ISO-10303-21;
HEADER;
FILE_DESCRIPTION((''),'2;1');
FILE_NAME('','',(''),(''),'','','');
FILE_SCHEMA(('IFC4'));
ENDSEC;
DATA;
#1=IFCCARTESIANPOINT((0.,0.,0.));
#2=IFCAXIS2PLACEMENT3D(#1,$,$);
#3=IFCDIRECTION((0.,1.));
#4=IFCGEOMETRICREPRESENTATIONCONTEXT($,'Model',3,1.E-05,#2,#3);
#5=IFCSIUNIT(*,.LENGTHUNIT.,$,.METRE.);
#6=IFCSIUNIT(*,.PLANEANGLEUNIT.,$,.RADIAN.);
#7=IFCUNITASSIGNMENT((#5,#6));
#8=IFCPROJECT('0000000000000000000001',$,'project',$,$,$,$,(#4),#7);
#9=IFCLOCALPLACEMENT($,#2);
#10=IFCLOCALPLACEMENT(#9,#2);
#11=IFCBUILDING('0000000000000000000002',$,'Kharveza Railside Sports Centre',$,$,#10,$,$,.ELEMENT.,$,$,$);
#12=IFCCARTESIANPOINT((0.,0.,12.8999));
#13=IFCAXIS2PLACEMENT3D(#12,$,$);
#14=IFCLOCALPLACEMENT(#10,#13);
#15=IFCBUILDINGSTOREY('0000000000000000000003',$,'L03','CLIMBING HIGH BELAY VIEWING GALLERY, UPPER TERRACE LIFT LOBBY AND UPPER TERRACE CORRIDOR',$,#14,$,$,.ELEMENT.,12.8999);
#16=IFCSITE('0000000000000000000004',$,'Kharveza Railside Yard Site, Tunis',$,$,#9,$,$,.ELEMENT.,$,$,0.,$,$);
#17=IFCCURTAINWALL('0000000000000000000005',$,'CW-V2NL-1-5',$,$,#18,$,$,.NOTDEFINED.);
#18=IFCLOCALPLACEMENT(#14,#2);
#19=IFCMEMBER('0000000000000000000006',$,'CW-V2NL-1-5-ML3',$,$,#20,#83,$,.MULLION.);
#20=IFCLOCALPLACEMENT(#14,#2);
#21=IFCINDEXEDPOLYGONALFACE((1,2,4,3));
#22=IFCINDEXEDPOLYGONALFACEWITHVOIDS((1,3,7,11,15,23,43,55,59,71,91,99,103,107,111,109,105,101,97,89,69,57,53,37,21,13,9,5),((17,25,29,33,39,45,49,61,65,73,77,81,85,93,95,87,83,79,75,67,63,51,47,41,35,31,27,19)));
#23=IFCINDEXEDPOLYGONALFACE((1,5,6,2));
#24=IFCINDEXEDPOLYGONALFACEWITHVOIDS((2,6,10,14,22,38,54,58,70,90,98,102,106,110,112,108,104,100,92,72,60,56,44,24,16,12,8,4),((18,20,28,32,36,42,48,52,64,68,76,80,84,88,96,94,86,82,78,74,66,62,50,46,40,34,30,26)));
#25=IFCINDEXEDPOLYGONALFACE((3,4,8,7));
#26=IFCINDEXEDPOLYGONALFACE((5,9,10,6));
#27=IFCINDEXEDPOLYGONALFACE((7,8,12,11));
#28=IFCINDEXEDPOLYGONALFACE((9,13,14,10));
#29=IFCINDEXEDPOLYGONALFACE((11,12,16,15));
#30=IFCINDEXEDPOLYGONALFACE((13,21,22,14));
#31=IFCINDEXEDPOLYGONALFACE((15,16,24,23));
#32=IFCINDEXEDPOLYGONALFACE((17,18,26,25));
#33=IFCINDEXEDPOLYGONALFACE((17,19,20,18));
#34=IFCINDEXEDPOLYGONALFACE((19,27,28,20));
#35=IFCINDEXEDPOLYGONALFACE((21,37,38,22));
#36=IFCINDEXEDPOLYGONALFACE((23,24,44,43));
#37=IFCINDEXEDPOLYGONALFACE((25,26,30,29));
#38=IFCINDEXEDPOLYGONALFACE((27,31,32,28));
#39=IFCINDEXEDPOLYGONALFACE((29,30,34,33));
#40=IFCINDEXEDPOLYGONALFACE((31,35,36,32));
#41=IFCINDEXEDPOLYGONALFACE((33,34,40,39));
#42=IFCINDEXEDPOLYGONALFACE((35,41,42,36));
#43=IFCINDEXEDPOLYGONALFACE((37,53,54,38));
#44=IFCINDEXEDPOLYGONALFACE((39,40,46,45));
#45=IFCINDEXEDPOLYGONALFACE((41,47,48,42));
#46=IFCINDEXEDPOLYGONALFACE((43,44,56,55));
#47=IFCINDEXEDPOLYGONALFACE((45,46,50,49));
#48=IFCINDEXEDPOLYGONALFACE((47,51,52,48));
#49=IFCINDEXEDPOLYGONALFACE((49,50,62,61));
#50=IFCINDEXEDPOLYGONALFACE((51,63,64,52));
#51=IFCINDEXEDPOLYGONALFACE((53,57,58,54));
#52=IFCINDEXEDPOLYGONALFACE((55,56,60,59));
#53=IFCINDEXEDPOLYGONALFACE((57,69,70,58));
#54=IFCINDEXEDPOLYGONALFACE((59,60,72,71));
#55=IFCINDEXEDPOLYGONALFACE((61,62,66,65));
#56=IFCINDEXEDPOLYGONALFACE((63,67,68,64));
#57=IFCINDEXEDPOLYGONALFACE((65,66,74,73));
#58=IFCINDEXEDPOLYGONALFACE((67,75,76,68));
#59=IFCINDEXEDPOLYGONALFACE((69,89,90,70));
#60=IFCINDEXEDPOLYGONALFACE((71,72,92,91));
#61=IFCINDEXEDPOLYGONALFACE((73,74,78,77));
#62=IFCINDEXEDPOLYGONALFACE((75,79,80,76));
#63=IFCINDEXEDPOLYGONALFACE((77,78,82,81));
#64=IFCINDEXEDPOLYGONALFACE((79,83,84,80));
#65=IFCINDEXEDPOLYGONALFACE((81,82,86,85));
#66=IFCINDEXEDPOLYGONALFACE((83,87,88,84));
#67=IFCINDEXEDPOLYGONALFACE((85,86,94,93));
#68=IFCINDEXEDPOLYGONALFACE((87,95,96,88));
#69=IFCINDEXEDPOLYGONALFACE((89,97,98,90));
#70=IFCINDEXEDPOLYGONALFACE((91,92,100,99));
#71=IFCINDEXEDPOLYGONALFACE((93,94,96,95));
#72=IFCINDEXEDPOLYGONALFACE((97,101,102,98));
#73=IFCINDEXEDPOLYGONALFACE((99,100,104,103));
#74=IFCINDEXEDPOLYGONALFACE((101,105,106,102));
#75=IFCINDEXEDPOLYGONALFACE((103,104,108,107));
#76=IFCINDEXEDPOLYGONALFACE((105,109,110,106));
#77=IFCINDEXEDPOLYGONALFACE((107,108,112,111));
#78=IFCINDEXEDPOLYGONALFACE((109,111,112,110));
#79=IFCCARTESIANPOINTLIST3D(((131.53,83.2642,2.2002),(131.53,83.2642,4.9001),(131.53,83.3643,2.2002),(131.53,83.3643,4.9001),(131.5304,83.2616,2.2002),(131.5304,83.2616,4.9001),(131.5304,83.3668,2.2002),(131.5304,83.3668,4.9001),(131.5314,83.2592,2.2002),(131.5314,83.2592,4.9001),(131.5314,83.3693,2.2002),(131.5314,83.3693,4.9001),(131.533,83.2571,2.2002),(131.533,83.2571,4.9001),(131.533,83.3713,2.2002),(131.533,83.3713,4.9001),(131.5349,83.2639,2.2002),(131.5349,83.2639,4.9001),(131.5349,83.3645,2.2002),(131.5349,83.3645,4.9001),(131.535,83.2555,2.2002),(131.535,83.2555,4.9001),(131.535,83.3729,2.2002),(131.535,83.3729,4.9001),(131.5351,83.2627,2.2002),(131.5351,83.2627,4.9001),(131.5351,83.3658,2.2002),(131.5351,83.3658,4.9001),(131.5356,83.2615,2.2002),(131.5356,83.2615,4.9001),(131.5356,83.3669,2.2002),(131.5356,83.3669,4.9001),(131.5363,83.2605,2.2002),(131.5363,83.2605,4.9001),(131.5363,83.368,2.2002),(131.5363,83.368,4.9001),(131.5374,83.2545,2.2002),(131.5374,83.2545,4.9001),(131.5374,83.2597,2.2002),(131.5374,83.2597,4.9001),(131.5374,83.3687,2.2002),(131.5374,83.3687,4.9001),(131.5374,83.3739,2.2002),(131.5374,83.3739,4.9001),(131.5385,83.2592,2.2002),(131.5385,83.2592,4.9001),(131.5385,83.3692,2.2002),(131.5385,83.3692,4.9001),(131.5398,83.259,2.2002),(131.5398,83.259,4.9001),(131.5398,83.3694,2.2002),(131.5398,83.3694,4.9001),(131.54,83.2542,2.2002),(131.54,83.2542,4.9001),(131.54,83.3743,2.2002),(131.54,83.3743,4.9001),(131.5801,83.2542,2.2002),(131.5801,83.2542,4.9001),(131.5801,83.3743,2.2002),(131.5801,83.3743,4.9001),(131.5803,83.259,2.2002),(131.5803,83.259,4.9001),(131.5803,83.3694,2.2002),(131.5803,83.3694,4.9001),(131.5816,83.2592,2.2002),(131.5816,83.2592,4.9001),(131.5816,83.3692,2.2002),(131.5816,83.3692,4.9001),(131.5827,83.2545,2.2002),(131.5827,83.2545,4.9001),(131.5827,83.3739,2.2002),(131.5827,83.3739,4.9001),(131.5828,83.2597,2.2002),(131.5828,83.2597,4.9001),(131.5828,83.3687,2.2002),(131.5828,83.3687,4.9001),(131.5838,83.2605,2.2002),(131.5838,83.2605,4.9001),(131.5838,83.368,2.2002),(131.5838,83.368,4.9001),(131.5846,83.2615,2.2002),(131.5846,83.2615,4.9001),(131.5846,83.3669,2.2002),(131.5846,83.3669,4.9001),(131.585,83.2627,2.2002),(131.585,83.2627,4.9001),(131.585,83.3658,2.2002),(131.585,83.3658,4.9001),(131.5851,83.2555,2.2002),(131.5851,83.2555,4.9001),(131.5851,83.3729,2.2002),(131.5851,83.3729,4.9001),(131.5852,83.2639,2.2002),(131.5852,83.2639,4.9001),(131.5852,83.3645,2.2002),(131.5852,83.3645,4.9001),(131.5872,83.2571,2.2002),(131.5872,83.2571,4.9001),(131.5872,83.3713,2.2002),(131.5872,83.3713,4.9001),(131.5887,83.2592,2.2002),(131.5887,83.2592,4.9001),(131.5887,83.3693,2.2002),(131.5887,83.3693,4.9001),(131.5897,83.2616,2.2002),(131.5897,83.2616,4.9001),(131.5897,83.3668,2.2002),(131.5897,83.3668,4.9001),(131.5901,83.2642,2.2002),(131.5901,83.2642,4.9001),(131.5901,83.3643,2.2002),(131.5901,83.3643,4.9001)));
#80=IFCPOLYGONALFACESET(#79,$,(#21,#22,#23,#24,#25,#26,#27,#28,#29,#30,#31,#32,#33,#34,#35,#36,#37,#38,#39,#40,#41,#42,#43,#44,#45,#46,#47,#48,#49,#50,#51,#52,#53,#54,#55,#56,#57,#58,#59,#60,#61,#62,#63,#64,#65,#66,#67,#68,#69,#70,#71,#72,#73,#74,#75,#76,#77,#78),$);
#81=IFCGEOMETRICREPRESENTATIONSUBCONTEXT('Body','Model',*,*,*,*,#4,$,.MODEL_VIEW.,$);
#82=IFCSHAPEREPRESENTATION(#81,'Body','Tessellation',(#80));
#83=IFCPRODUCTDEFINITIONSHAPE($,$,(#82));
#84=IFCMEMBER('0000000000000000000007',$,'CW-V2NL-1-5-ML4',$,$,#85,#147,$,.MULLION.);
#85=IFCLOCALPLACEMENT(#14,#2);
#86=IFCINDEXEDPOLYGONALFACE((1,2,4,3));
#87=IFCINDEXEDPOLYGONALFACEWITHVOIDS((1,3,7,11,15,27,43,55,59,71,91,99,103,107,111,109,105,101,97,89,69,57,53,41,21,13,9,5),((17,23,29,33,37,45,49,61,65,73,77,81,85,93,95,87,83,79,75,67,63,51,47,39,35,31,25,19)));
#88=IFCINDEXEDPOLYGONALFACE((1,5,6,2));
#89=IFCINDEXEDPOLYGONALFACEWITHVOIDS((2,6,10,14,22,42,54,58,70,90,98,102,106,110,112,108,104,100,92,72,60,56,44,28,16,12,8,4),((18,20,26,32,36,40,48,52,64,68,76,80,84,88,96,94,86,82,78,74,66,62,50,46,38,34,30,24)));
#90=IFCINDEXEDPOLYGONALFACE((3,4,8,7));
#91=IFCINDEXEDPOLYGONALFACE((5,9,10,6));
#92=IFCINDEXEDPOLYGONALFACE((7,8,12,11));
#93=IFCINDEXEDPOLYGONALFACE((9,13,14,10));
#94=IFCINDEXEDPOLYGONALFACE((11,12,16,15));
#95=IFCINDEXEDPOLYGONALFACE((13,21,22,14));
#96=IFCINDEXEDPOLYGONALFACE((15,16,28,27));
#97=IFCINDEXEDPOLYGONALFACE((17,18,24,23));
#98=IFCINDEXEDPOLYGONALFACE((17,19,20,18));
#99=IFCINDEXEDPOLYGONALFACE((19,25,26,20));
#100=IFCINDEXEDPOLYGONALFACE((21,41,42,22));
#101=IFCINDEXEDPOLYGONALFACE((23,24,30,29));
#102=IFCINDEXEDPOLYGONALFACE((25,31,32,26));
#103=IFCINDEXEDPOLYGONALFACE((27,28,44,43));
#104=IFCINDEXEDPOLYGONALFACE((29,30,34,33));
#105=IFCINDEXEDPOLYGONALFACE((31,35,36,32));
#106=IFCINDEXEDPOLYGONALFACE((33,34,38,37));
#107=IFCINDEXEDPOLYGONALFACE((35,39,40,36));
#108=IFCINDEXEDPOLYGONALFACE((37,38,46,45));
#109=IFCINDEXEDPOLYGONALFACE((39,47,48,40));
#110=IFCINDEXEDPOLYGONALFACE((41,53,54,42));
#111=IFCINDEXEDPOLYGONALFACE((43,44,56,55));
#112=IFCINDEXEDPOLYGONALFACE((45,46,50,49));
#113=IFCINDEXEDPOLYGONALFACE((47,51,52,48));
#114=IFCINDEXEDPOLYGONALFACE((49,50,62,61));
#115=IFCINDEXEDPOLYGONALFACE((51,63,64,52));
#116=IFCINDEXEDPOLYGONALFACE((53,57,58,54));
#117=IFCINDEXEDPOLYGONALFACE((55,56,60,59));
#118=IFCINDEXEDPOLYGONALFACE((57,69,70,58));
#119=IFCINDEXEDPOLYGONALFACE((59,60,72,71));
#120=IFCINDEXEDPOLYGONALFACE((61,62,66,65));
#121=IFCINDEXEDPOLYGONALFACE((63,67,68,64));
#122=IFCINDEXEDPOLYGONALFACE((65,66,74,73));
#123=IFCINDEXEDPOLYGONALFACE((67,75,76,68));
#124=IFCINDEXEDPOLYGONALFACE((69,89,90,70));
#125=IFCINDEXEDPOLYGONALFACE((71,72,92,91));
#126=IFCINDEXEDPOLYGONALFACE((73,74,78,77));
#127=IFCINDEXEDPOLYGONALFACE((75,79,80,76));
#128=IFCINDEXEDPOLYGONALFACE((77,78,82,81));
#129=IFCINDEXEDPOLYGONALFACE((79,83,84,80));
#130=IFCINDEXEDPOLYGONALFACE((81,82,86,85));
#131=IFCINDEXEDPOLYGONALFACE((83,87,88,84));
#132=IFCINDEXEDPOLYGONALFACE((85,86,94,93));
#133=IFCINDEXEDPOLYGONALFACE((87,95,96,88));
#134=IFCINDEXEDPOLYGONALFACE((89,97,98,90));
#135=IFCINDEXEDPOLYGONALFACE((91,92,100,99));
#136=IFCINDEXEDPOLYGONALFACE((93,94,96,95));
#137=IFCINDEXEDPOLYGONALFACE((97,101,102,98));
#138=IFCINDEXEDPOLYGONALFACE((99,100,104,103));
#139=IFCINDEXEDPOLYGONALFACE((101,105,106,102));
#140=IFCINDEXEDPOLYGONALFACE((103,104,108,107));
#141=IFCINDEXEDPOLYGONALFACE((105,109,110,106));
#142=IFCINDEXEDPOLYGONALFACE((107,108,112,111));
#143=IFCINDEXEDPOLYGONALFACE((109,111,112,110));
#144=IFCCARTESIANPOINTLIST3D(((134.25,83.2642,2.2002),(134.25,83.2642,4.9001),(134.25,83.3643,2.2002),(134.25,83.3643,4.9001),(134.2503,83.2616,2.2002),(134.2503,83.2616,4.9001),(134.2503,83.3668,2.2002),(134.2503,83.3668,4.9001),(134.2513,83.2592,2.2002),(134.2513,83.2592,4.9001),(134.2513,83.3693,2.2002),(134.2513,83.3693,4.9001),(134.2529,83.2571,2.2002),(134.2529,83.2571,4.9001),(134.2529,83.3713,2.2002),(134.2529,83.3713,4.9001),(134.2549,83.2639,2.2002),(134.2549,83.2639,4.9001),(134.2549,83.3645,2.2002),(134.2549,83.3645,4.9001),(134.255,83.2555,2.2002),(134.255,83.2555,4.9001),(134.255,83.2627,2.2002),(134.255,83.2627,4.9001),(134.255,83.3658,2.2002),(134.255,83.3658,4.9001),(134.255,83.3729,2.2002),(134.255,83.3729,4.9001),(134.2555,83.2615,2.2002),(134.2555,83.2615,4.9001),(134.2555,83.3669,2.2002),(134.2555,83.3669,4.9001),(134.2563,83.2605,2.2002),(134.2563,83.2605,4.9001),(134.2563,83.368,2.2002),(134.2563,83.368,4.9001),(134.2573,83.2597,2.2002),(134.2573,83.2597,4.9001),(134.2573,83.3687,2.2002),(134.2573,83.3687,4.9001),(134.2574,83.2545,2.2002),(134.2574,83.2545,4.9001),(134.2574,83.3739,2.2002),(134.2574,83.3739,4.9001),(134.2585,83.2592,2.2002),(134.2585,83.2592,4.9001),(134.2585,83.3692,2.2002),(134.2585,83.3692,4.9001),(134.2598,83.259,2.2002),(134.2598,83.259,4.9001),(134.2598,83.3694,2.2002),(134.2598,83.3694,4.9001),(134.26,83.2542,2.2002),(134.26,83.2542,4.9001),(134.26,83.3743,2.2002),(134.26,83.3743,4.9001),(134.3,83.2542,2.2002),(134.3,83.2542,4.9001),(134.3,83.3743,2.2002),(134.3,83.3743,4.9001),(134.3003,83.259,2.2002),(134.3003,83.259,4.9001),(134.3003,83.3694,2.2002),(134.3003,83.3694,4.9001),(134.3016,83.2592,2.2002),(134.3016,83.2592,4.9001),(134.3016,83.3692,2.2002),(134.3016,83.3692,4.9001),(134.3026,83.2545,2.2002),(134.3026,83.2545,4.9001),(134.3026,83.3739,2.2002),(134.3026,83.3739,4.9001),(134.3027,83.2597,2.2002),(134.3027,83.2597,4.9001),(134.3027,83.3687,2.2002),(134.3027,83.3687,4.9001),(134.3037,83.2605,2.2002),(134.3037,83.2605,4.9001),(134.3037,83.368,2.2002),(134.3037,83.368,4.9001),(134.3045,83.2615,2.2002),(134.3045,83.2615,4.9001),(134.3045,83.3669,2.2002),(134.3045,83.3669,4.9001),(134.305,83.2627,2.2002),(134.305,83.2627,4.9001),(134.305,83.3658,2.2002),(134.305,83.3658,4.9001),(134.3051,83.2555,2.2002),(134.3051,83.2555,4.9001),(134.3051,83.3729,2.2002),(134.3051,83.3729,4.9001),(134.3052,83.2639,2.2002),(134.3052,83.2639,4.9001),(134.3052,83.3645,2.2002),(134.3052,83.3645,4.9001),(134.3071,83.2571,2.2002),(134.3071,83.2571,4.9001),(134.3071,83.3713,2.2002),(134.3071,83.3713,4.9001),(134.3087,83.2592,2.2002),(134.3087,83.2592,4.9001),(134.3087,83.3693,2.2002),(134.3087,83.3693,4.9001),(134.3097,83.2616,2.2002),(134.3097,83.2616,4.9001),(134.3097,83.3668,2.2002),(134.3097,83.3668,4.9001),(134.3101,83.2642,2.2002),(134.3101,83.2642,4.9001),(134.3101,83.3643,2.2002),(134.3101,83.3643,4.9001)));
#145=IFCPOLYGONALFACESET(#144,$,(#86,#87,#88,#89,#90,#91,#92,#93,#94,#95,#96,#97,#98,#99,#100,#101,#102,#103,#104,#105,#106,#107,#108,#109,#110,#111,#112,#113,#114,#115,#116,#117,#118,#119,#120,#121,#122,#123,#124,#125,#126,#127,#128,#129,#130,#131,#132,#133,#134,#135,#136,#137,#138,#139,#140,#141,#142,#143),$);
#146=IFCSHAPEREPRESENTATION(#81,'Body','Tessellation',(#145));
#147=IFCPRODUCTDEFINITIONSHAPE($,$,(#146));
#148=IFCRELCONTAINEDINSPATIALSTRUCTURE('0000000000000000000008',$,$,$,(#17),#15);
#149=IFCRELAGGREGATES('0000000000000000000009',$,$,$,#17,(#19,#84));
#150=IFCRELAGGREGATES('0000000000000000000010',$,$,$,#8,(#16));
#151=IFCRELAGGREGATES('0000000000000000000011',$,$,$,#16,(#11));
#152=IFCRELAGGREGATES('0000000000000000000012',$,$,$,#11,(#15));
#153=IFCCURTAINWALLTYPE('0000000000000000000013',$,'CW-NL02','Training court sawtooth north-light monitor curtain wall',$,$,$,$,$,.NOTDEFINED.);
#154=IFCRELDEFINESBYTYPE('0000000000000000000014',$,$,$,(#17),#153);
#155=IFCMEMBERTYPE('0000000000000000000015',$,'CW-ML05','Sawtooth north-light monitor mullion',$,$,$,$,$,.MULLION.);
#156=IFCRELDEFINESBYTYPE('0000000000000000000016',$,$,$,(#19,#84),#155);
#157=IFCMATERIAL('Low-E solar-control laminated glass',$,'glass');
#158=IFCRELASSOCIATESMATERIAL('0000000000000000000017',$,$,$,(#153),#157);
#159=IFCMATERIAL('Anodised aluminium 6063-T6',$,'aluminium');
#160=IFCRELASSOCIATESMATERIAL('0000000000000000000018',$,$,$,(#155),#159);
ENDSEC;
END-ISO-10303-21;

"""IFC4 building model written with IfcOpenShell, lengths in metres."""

from ifc_helpers import new_model, si_unit, direction, frame, origin, origin_2d, place, context, subcontext, project, spatial, hollow_rectangle, extrude, material, material_profile, profile_set, type_object, element, aggregate, save


model = new_model("IFC4")

# Units and contexts
model_context = context("Model", 3, precision=1e-05, world=origin(), true_north=direction((0.0, 1.0)))
body_context = subcontext(model_context, "Body", "Model", "MODEL_VIEW")
ifc_project = project(units=[si_unit("LENGTHUNIT", "METRE"), si_unit("PLANEANGLEUNIT", "RADIAN")], contexts=[model_context])

# Site, building, storey
site_placement = place(None, origin())
site = spatial("IfcSite", under=ifc_project, at=site_placement, Name="Kharveza Railside Yard Site, Tunis", CompositionType="ELEMENT", RefElevation=0.0)
building_placement = place(site_placement, origin())
building = spatial("IfcBuilding", under=site, at=building_placement, Name="Kharveza Railside Sports Centre", CompositionType="ELEMENT")
storey_placement = place(building_placement, frame((0.0, 0.0, 12.8999)))
storey = spatial("IfcBuildingStorey", under=building, at=storey_placement, Name="L03", Description="CLIMBING HIGH BELAY VIEWING GALLERY, UPPER TERRACE LIFT LOBBY AND UPPER TERRACE CORRIDOR", CompositionType="ELEMENT", Elevation=12.8999)

# Curtain wall, members
ifc_material_1 = material(Name="Low-E solar-control laminated glass", Category="glass")
curtain_wall_type = type_object("IfcCurtainWallType", Name="CW-NL02", Description="Training court sawtooth north-light monitor curtain wall", PredefinedType="NOTDEFINED", material=ifc_material_1)
curtain_wall_1_placement = place(storey_placement, origin())
curtain_wall_1 = element("IfcCurtainWall", 1, at=curtain_wall_1_placement, inside=storey, type_object=curtain_wall_type, Name="CW-V2NL-1-5", PredefinedType="NOTDEFINED")
ifc_material_2 = material(Name="Anodised aluminium 6063-T6", Category="aluminium")
ifc_material_profile_1 = material_profile(ifc_material_2, hollow_rectangle(XDim=0.0601, YDim=0.1201, WallThickness=0.0049, InnerFilletRadius=0.0049, OuterFilletRadius=0.01, at=origin_2d()), Name="RHS 60x120x5.0")
ifc_profile_set_1 = profile_set([ifc_material_profile_1], Name="Anodised aluminium 6063-T6")
member_type_1 = type_object("IfcMemberType", Name="CW-ML05", Description="Sawtooth north-light monitor mullion", PredefinedType="MULLION", material=ifc_profile_set_1)
member_1_placement = place(storey_placement, frame((131.5601, 83.3142, 2.2002), z_axis=(0.0, 0.0, 1.0), x_axis=(1.0, 0.0, 0.0)))
member_1 = element("IfcMember", 2, at=member_1_placement, type_object=member_type_1, Name="CW-V2NL-1-5-ML3", PredefinedType="MULLION", context=body_context, shape_type="SweptSolid", body=[
    extrude(hollow_rectangle(XDim=0.0601, YDim=0.1201, WallThickness=0.0049, InnerFilletRadius=0.0049, OuterFilletRadius=0.01, at=origin_2d()), origin(), (0.0, 0.0, 1.0), 2.7),
])
member_2_placement = place(storey_placement, frame((134.28, 83.3142, 2.2002), z_axis=(0.0, 0.0, 1.0), x_axis=(1.0, 0.0, 0.0)))
member_2 = element("IfcMember", 3, at=member_2_placement, type_object=member_type_1, Name="CW-V2NL-1-5-ML4", PredefinedType="MULLION", context=body_context, shape_type="SweptSolid", body=[
    extrude(hollow_rectangle(XDim=0.0601, YDim=0.1201, WallThickness=0.0049, InnerFilletRadius=0.0049, OuterFilletRadius=0.01, at=origin_2d()), origin(), (0.0, 0.0, 1.0), 2.7),
])

aggregate(curtain_wall_1, [member_1, member_2])

save(model, "model.ifc")
